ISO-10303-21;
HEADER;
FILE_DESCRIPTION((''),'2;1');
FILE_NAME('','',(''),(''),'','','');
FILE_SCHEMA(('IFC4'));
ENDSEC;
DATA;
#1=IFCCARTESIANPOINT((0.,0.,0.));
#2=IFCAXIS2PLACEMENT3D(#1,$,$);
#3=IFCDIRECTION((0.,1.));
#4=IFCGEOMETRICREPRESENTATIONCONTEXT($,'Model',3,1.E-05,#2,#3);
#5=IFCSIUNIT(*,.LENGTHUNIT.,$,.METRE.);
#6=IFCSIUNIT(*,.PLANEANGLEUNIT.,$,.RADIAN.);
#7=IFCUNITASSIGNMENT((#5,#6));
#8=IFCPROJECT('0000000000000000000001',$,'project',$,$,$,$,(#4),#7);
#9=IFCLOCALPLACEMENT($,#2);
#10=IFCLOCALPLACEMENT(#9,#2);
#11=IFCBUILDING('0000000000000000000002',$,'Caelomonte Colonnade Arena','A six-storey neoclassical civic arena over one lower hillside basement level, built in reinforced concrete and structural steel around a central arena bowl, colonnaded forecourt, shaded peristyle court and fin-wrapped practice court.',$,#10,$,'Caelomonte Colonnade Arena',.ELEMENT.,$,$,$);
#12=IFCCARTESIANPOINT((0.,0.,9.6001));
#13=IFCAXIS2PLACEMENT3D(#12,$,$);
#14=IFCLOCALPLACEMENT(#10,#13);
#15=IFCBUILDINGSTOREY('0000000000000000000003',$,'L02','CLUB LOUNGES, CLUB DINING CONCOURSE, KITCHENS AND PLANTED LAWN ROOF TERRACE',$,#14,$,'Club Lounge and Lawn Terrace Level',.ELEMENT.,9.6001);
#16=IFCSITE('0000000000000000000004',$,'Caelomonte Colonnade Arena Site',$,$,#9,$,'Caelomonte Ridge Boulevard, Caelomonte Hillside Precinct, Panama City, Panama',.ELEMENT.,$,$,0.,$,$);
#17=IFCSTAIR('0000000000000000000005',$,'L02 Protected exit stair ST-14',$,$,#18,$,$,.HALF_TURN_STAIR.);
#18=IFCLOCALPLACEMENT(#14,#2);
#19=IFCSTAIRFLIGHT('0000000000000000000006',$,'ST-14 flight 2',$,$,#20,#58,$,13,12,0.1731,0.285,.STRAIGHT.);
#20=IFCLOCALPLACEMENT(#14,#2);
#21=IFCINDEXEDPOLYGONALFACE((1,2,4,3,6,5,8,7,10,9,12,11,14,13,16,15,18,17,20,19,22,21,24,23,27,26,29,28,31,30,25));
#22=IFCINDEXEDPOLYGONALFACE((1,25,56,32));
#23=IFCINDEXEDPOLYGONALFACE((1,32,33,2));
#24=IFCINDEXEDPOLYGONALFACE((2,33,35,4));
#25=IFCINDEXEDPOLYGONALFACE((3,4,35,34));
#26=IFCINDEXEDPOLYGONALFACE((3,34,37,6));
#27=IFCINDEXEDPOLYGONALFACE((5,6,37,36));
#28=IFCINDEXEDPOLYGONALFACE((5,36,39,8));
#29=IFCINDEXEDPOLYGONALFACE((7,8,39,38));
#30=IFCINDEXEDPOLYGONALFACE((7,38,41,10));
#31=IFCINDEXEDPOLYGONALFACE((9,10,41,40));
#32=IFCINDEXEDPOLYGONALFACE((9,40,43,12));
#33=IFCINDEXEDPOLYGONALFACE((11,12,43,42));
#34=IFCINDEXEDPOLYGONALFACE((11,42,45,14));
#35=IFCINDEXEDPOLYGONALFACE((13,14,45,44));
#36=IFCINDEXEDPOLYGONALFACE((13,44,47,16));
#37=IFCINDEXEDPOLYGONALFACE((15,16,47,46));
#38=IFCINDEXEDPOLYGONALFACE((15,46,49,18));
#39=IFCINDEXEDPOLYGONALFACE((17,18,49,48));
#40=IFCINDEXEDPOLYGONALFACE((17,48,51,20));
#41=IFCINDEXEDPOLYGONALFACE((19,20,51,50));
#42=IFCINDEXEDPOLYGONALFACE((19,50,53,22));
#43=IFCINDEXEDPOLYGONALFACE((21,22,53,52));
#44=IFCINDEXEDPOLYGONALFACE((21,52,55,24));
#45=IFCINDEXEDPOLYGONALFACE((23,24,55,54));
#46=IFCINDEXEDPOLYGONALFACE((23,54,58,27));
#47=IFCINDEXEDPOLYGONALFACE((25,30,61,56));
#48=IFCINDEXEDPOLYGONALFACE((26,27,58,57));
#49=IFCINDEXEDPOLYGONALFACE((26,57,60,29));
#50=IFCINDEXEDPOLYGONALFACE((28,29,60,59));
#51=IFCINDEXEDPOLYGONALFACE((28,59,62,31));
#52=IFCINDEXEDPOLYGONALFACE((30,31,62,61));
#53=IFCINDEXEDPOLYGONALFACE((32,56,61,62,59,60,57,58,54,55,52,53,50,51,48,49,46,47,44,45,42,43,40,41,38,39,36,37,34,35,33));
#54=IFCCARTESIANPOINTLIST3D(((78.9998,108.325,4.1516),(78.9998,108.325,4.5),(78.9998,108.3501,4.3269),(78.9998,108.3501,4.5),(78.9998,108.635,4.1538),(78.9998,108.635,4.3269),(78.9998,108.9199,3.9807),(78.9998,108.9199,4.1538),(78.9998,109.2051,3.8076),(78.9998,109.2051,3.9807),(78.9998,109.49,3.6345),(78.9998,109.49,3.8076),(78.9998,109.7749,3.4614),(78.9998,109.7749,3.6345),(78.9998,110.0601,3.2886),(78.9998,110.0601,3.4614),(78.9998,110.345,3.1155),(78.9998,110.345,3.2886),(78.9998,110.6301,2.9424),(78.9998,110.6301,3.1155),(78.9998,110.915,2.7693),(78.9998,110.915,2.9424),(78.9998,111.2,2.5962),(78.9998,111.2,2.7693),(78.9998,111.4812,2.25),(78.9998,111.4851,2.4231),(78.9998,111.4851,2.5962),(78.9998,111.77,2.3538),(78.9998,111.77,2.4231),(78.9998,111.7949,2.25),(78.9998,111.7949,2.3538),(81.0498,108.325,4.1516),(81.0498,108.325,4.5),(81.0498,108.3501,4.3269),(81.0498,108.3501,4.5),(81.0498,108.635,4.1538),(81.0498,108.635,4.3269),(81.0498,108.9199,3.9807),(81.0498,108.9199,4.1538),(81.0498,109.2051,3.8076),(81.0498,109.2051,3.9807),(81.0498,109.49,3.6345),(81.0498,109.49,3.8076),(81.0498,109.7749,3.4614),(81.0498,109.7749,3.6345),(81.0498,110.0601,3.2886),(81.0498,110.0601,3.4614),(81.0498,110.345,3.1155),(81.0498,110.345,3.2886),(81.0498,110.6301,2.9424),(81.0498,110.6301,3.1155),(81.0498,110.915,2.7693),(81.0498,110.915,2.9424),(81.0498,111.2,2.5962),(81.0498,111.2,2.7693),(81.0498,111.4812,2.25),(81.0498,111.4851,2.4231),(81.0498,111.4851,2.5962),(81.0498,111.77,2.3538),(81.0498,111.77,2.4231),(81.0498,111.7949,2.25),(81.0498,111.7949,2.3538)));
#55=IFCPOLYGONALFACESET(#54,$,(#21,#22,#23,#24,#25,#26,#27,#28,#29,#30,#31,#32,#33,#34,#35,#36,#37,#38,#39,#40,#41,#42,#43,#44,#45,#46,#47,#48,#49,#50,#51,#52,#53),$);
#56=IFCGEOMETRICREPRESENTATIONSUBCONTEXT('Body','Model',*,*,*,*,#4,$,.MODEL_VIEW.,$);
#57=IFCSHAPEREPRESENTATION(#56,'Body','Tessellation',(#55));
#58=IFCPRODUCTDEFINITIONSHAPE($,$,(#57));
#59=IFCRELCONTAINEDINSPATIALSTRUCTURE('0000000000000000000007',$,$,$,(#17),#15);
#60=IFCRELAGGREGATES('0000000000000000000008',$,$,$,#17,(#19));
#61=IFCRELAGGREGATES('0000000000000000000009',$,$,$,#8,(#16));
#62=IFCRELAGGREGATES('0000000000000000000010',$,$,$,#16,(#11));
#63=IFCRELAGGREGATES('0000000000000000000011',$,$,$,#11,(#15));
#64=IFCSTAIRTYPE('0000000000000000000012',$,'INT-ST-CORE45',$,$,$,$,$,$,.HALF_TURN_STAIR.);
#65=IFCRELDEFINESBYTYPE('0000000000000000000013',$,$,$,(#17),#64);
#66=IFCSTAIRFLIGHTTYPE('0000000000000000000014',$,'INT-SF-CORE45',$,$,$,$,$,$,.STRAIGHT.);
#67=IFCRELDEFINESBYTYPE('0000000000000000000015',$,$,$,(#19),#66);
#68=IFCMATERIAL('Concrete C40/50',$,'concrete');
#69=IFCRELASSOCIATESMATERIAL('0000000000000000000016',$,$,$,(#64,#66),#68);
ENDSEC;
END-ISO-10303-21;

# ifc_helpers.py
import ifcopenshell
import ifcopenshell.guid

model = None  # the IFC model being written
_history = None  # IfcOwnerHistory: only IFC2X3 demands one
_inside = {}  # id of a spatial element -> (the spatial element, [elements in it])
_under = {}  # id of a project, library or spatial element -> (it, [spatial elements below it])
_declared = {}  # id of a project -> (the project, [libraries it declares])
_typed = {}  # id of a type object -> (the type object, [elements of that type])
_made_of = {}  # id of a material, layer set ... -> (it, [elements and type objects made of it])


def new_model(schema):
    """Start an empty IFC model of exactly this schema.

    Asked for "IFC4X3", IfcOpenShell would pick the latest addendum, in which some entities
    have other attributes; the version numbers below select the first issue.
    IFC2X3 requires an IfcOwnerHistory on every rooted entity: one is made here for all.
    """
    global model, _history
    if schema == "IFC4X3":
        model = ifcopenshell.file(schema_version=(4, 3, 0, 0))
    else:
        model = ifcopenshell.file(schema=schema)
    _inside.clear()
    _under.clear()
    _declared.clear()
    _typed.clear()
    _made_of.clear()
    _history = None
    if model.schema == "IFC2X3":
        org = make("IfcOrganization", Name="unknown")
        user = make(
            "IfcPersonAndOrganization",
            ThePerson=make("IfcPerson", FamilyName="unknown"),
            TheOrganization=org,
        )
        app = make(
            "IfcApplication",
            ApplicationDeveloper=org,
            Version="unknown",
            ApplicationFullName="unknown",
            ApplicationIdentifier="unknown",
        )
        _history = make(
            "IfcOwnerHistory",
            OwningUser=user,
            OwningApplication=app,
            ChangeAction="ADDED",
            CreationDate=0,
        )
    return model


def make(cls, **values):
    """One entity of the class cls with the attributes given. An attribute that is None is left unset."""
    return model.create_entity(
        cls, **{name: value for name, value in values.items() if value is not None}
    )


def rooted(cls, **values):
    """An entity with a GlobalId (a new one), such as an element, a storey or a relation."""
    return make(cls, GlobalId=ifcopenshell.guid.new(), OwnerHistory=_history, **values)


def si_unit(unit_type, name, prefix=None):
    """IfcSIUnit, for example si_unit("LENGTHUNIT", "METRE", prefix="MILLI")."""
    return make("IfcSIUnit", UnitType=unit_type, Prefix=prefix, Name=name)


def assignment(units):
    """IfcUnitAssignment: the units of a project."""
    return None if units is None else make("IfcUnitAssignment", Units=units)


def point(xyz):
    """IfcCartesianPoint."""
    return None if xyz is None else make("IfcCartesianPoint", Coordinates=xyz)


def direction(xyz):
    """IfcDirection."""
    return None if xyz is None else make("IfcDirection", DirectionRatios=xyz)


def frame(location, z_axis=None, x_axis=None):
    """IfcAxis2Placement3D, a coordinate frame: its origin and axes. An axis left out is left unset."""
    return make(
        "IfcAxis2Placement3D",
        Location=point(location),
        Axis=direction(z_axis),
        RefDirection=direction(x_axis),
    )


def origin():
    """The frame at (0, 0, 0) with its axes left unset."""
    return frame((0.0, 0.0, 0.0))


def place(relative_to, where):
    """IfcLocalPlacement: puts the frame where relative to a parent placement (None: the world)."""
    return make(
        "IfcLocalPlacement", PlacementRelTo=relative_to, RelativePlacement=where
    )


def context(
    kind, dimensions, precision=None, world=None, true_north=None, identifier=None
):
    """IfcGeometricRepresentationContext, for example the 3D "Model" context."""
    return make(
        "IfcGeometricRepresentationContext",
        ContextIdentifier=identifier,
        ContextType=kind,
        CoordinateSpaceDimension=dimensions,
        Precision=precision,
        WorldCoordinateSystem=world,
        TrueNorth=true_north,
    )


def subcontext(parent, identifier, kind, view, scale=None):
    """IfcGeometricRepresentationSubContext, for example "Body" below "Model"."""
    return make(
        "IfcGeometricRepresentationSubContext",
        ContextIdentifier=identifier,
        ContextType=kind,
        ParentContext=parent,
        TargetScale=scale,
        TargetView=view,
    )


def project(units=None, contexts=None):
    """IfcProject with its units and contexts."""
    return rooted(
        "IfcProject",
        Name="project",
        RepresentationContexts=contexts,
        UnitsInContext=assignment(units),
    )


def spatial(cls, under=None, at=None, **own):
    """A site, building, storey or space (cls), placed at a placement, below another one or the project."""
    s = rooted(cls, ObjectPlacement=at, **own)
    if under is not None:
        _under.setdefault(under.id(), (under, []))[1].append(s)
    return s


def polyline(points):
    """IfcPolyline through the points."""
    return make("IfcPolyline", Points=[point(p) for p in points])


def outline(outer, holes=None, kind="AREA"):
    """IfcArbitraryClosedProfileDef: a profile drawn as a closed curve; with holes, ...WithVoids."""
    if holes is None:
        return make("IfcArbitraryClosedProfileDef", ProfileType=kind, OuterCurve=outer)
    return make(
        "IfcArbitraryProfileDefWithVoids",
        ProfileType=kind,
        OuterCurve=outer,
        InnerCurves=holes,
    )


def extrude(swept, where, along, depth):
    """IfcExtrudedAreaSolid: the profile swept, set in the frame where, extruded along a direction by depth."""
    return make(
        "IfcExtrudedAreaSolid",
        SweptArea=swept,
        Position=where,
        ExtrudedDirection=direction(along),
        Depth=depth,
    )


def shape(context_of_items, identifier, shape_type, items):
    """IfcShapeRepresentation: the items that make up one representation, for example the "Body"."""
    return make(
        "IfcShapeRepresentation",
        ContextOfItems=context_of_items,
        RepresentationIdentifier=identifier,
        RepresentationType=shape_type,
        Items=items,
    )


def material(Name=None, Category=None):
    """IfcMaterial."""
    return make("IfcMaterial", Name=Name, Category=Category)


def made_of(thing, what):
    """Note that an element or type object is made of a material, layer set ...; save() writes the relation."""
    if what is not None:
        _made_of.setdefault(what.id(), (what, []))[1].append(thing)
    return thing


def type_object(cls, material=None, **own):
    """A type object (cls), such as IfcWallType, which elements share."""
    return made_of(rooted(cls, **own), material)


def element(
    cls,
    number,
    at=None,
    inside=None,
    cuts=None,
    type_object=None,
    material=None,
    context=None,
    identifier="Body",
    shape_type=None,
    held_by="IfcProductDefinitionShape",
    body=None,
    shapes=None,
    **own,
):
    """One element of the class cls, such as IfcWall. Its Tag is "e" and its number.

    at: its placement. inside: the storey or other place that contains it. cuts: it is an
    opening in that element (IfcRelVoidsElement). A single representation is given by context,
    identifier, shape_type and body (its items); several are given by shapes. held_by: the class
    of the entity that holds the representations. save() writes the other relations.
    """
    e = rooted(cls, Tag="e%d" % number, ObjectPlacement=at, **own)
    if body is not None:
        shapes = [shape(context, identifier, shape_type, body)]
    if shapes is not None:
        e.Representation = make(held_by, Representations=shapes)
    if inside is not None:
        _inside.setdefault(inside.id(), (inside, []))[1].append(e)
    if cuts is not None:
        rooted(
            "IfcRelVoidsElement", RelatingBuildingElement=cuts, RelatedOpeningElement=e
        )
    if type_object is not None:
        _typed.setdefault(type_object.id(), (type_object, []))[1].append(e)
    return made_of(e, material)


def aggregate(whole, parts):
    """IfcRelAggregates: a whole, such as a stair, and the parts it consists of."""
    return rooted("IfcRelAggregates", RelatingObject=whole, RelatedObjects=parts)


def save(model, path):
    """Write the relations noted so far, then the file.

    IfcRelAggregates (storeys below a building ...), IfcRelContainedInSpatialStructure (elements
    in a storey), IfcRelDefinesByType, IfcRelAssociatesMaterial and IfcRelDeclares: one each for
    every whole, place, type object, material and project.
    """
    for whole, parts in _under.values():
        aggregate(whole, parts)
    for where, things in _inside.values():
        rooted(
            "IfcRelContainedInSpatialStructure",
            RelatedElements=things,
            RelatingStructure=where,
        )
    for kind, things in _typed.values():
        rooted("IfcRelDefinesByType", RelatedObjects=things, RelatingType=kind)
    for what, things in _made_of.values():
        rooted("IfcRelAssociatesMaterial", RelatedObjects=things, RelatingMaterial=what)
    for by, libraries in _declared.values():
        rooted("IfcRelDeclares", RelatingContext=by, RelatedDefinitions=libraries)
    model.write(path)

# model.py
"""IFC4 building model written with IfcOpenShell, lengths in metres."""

from ifc_helpers import new_model, si_unit, direction, frame, origin, place, context, subcontext, project, spatial, polyline, outline, extrude, material, type_object, element, aggregate, save


model = new_model("IFC4")

# Units and contexts
model_context = context("Model", 3, precision=1e-05, world=origin(), true_north=direction((0.0, 1.0)))
body_context = subcontext(model_context, "Body", "Model", "MODEL_VIEW")
ifc_project = project(units=[si_unit("LENGTHUNIT", "METRE"), si_unit("PLANEANGLEUNIT", "RADIAN")], contexts=[model_context])

# Site, building, storey
site_placement = place(None, origin())
site = spatial("IfcSite", under=ifc_project, at=site_placement, Name="Caelomonte Colonnade Arena Site", LongName="Caelomonte Ridge Boulevard, Caelomonte Hillside Precinct, Panama City, Panama", CompositionType="ELEMENT", RefElevation=0.0)
building_placement = place(site_placement, origin())
building = spatial("IfcBuilding", under=site, at=building_placement, Name="Caelomonte Colonnade Arena", Description="A six-storey neoclassical civic arena over one lower hillside basement level, built in reinforced concrete and structural steel around a central arena bowl, colonnaded forecourt, shaded peristyle court and fin-wrapped practice court.", LongName="Caelomonte Colonnade Arena", CompositionType="ELEMENT")
storey_placement = place(building_placement, frame((0.0, 0.0, 9.6001)))
storey = spatial("IfcBuildingStorey", under=building, at=storey_placement, Name="L02", Description="CLUB LOUNGES, CLUB DINING CONCOURSE, KITCHENS AND PLANTED LAWN ROOF TERRACE", LongName="Club Lounge and Lawn Terrace Level", CompositionType="ELEMENT", Elevation=9.6001)

# Stair, stair flight
ifc_material_1 = material(Name="Concrete C40/50", Category="concrete")
stair_type = type_object("IfcStairType", Name="INT-ST-CORE45", PredefinedType="HALF_TURN_STAIR", material=ifc_material_1)
stair_placement = place(storey_placement, origin())
stair = element("IfcStair", 1, at=stair_placement, inside=storey, type_object=stair_type, Name="L02 Protected exit stair ST-14", PredefinedType="HALF_TURN_STAIR")
stair_flight_type = type_object("IfcStairFlightType", Name="INT-SF-CORE45", PredefinedType="STRAIGHT", material=ifc_material_1)
stair_flight_1_placement = place(storey_placement, frame((80.0249, 111.77, 2.25), z_axis=(0.0, 0.0, 1.0), x_axis=(0.0, -1.0, 0.0)))
stair_flight_1 = element("IfcStairFlight", 2, at=stair_flight_1_placement, type_object=stair_flight_type, Name="ST-14 flight 2", NumberOfRisers=13, NumberOfTreads=12, PredefinedType="STRAIGHT", RiserHeight=0.1731, TreadLength=0.285, context=body_context, shape_type="SweptSolid", body=[
    extrude(outline(polyline([(-0.0249, 0.0), (-0.0249, 0.1038), (0.0, 0.1038), (0.0, 0.1731), (0.2849, 0.1731), (0.2849, 0.3462), (0.5701, 0.3462), (0.5701, 0.5193), (0.855, 0.5193), (0.855, 0.6924), (1.1399, 0.6924), (1.1399, 0.8655), (1.425, 0.8655), (1.425, 1.0386), (1.71, 1.0386), (1.71, 1.2114), (1.9951, 1.2114), (1.9951, 1.3845), (2.28, 1.3845), (2.28, 1.5576), (2.5649, 1.5576), (2.5649, 1.7307), (2.8501, 1.7307), (2.8501, 1.9038), (3.135, 1.9038), (3.135, 2.0769), (3.4199, 2.0769), (3.4199, 2.25), (3.4451, 2.25), (3.4451, 1.9016), (0.2888, 0.0), (-0.0249, 0.0)])), frame((0.0, 1.0249, 0.0), z_axis=(0.0, -1.0, 0.0), x_axis=(1.0, 0.0, 0.0)), (0.0, 0.0, 1.0), 2.05),
])
aggregate(stair, [stair_flight_1])

save(model, "model.ifc")
